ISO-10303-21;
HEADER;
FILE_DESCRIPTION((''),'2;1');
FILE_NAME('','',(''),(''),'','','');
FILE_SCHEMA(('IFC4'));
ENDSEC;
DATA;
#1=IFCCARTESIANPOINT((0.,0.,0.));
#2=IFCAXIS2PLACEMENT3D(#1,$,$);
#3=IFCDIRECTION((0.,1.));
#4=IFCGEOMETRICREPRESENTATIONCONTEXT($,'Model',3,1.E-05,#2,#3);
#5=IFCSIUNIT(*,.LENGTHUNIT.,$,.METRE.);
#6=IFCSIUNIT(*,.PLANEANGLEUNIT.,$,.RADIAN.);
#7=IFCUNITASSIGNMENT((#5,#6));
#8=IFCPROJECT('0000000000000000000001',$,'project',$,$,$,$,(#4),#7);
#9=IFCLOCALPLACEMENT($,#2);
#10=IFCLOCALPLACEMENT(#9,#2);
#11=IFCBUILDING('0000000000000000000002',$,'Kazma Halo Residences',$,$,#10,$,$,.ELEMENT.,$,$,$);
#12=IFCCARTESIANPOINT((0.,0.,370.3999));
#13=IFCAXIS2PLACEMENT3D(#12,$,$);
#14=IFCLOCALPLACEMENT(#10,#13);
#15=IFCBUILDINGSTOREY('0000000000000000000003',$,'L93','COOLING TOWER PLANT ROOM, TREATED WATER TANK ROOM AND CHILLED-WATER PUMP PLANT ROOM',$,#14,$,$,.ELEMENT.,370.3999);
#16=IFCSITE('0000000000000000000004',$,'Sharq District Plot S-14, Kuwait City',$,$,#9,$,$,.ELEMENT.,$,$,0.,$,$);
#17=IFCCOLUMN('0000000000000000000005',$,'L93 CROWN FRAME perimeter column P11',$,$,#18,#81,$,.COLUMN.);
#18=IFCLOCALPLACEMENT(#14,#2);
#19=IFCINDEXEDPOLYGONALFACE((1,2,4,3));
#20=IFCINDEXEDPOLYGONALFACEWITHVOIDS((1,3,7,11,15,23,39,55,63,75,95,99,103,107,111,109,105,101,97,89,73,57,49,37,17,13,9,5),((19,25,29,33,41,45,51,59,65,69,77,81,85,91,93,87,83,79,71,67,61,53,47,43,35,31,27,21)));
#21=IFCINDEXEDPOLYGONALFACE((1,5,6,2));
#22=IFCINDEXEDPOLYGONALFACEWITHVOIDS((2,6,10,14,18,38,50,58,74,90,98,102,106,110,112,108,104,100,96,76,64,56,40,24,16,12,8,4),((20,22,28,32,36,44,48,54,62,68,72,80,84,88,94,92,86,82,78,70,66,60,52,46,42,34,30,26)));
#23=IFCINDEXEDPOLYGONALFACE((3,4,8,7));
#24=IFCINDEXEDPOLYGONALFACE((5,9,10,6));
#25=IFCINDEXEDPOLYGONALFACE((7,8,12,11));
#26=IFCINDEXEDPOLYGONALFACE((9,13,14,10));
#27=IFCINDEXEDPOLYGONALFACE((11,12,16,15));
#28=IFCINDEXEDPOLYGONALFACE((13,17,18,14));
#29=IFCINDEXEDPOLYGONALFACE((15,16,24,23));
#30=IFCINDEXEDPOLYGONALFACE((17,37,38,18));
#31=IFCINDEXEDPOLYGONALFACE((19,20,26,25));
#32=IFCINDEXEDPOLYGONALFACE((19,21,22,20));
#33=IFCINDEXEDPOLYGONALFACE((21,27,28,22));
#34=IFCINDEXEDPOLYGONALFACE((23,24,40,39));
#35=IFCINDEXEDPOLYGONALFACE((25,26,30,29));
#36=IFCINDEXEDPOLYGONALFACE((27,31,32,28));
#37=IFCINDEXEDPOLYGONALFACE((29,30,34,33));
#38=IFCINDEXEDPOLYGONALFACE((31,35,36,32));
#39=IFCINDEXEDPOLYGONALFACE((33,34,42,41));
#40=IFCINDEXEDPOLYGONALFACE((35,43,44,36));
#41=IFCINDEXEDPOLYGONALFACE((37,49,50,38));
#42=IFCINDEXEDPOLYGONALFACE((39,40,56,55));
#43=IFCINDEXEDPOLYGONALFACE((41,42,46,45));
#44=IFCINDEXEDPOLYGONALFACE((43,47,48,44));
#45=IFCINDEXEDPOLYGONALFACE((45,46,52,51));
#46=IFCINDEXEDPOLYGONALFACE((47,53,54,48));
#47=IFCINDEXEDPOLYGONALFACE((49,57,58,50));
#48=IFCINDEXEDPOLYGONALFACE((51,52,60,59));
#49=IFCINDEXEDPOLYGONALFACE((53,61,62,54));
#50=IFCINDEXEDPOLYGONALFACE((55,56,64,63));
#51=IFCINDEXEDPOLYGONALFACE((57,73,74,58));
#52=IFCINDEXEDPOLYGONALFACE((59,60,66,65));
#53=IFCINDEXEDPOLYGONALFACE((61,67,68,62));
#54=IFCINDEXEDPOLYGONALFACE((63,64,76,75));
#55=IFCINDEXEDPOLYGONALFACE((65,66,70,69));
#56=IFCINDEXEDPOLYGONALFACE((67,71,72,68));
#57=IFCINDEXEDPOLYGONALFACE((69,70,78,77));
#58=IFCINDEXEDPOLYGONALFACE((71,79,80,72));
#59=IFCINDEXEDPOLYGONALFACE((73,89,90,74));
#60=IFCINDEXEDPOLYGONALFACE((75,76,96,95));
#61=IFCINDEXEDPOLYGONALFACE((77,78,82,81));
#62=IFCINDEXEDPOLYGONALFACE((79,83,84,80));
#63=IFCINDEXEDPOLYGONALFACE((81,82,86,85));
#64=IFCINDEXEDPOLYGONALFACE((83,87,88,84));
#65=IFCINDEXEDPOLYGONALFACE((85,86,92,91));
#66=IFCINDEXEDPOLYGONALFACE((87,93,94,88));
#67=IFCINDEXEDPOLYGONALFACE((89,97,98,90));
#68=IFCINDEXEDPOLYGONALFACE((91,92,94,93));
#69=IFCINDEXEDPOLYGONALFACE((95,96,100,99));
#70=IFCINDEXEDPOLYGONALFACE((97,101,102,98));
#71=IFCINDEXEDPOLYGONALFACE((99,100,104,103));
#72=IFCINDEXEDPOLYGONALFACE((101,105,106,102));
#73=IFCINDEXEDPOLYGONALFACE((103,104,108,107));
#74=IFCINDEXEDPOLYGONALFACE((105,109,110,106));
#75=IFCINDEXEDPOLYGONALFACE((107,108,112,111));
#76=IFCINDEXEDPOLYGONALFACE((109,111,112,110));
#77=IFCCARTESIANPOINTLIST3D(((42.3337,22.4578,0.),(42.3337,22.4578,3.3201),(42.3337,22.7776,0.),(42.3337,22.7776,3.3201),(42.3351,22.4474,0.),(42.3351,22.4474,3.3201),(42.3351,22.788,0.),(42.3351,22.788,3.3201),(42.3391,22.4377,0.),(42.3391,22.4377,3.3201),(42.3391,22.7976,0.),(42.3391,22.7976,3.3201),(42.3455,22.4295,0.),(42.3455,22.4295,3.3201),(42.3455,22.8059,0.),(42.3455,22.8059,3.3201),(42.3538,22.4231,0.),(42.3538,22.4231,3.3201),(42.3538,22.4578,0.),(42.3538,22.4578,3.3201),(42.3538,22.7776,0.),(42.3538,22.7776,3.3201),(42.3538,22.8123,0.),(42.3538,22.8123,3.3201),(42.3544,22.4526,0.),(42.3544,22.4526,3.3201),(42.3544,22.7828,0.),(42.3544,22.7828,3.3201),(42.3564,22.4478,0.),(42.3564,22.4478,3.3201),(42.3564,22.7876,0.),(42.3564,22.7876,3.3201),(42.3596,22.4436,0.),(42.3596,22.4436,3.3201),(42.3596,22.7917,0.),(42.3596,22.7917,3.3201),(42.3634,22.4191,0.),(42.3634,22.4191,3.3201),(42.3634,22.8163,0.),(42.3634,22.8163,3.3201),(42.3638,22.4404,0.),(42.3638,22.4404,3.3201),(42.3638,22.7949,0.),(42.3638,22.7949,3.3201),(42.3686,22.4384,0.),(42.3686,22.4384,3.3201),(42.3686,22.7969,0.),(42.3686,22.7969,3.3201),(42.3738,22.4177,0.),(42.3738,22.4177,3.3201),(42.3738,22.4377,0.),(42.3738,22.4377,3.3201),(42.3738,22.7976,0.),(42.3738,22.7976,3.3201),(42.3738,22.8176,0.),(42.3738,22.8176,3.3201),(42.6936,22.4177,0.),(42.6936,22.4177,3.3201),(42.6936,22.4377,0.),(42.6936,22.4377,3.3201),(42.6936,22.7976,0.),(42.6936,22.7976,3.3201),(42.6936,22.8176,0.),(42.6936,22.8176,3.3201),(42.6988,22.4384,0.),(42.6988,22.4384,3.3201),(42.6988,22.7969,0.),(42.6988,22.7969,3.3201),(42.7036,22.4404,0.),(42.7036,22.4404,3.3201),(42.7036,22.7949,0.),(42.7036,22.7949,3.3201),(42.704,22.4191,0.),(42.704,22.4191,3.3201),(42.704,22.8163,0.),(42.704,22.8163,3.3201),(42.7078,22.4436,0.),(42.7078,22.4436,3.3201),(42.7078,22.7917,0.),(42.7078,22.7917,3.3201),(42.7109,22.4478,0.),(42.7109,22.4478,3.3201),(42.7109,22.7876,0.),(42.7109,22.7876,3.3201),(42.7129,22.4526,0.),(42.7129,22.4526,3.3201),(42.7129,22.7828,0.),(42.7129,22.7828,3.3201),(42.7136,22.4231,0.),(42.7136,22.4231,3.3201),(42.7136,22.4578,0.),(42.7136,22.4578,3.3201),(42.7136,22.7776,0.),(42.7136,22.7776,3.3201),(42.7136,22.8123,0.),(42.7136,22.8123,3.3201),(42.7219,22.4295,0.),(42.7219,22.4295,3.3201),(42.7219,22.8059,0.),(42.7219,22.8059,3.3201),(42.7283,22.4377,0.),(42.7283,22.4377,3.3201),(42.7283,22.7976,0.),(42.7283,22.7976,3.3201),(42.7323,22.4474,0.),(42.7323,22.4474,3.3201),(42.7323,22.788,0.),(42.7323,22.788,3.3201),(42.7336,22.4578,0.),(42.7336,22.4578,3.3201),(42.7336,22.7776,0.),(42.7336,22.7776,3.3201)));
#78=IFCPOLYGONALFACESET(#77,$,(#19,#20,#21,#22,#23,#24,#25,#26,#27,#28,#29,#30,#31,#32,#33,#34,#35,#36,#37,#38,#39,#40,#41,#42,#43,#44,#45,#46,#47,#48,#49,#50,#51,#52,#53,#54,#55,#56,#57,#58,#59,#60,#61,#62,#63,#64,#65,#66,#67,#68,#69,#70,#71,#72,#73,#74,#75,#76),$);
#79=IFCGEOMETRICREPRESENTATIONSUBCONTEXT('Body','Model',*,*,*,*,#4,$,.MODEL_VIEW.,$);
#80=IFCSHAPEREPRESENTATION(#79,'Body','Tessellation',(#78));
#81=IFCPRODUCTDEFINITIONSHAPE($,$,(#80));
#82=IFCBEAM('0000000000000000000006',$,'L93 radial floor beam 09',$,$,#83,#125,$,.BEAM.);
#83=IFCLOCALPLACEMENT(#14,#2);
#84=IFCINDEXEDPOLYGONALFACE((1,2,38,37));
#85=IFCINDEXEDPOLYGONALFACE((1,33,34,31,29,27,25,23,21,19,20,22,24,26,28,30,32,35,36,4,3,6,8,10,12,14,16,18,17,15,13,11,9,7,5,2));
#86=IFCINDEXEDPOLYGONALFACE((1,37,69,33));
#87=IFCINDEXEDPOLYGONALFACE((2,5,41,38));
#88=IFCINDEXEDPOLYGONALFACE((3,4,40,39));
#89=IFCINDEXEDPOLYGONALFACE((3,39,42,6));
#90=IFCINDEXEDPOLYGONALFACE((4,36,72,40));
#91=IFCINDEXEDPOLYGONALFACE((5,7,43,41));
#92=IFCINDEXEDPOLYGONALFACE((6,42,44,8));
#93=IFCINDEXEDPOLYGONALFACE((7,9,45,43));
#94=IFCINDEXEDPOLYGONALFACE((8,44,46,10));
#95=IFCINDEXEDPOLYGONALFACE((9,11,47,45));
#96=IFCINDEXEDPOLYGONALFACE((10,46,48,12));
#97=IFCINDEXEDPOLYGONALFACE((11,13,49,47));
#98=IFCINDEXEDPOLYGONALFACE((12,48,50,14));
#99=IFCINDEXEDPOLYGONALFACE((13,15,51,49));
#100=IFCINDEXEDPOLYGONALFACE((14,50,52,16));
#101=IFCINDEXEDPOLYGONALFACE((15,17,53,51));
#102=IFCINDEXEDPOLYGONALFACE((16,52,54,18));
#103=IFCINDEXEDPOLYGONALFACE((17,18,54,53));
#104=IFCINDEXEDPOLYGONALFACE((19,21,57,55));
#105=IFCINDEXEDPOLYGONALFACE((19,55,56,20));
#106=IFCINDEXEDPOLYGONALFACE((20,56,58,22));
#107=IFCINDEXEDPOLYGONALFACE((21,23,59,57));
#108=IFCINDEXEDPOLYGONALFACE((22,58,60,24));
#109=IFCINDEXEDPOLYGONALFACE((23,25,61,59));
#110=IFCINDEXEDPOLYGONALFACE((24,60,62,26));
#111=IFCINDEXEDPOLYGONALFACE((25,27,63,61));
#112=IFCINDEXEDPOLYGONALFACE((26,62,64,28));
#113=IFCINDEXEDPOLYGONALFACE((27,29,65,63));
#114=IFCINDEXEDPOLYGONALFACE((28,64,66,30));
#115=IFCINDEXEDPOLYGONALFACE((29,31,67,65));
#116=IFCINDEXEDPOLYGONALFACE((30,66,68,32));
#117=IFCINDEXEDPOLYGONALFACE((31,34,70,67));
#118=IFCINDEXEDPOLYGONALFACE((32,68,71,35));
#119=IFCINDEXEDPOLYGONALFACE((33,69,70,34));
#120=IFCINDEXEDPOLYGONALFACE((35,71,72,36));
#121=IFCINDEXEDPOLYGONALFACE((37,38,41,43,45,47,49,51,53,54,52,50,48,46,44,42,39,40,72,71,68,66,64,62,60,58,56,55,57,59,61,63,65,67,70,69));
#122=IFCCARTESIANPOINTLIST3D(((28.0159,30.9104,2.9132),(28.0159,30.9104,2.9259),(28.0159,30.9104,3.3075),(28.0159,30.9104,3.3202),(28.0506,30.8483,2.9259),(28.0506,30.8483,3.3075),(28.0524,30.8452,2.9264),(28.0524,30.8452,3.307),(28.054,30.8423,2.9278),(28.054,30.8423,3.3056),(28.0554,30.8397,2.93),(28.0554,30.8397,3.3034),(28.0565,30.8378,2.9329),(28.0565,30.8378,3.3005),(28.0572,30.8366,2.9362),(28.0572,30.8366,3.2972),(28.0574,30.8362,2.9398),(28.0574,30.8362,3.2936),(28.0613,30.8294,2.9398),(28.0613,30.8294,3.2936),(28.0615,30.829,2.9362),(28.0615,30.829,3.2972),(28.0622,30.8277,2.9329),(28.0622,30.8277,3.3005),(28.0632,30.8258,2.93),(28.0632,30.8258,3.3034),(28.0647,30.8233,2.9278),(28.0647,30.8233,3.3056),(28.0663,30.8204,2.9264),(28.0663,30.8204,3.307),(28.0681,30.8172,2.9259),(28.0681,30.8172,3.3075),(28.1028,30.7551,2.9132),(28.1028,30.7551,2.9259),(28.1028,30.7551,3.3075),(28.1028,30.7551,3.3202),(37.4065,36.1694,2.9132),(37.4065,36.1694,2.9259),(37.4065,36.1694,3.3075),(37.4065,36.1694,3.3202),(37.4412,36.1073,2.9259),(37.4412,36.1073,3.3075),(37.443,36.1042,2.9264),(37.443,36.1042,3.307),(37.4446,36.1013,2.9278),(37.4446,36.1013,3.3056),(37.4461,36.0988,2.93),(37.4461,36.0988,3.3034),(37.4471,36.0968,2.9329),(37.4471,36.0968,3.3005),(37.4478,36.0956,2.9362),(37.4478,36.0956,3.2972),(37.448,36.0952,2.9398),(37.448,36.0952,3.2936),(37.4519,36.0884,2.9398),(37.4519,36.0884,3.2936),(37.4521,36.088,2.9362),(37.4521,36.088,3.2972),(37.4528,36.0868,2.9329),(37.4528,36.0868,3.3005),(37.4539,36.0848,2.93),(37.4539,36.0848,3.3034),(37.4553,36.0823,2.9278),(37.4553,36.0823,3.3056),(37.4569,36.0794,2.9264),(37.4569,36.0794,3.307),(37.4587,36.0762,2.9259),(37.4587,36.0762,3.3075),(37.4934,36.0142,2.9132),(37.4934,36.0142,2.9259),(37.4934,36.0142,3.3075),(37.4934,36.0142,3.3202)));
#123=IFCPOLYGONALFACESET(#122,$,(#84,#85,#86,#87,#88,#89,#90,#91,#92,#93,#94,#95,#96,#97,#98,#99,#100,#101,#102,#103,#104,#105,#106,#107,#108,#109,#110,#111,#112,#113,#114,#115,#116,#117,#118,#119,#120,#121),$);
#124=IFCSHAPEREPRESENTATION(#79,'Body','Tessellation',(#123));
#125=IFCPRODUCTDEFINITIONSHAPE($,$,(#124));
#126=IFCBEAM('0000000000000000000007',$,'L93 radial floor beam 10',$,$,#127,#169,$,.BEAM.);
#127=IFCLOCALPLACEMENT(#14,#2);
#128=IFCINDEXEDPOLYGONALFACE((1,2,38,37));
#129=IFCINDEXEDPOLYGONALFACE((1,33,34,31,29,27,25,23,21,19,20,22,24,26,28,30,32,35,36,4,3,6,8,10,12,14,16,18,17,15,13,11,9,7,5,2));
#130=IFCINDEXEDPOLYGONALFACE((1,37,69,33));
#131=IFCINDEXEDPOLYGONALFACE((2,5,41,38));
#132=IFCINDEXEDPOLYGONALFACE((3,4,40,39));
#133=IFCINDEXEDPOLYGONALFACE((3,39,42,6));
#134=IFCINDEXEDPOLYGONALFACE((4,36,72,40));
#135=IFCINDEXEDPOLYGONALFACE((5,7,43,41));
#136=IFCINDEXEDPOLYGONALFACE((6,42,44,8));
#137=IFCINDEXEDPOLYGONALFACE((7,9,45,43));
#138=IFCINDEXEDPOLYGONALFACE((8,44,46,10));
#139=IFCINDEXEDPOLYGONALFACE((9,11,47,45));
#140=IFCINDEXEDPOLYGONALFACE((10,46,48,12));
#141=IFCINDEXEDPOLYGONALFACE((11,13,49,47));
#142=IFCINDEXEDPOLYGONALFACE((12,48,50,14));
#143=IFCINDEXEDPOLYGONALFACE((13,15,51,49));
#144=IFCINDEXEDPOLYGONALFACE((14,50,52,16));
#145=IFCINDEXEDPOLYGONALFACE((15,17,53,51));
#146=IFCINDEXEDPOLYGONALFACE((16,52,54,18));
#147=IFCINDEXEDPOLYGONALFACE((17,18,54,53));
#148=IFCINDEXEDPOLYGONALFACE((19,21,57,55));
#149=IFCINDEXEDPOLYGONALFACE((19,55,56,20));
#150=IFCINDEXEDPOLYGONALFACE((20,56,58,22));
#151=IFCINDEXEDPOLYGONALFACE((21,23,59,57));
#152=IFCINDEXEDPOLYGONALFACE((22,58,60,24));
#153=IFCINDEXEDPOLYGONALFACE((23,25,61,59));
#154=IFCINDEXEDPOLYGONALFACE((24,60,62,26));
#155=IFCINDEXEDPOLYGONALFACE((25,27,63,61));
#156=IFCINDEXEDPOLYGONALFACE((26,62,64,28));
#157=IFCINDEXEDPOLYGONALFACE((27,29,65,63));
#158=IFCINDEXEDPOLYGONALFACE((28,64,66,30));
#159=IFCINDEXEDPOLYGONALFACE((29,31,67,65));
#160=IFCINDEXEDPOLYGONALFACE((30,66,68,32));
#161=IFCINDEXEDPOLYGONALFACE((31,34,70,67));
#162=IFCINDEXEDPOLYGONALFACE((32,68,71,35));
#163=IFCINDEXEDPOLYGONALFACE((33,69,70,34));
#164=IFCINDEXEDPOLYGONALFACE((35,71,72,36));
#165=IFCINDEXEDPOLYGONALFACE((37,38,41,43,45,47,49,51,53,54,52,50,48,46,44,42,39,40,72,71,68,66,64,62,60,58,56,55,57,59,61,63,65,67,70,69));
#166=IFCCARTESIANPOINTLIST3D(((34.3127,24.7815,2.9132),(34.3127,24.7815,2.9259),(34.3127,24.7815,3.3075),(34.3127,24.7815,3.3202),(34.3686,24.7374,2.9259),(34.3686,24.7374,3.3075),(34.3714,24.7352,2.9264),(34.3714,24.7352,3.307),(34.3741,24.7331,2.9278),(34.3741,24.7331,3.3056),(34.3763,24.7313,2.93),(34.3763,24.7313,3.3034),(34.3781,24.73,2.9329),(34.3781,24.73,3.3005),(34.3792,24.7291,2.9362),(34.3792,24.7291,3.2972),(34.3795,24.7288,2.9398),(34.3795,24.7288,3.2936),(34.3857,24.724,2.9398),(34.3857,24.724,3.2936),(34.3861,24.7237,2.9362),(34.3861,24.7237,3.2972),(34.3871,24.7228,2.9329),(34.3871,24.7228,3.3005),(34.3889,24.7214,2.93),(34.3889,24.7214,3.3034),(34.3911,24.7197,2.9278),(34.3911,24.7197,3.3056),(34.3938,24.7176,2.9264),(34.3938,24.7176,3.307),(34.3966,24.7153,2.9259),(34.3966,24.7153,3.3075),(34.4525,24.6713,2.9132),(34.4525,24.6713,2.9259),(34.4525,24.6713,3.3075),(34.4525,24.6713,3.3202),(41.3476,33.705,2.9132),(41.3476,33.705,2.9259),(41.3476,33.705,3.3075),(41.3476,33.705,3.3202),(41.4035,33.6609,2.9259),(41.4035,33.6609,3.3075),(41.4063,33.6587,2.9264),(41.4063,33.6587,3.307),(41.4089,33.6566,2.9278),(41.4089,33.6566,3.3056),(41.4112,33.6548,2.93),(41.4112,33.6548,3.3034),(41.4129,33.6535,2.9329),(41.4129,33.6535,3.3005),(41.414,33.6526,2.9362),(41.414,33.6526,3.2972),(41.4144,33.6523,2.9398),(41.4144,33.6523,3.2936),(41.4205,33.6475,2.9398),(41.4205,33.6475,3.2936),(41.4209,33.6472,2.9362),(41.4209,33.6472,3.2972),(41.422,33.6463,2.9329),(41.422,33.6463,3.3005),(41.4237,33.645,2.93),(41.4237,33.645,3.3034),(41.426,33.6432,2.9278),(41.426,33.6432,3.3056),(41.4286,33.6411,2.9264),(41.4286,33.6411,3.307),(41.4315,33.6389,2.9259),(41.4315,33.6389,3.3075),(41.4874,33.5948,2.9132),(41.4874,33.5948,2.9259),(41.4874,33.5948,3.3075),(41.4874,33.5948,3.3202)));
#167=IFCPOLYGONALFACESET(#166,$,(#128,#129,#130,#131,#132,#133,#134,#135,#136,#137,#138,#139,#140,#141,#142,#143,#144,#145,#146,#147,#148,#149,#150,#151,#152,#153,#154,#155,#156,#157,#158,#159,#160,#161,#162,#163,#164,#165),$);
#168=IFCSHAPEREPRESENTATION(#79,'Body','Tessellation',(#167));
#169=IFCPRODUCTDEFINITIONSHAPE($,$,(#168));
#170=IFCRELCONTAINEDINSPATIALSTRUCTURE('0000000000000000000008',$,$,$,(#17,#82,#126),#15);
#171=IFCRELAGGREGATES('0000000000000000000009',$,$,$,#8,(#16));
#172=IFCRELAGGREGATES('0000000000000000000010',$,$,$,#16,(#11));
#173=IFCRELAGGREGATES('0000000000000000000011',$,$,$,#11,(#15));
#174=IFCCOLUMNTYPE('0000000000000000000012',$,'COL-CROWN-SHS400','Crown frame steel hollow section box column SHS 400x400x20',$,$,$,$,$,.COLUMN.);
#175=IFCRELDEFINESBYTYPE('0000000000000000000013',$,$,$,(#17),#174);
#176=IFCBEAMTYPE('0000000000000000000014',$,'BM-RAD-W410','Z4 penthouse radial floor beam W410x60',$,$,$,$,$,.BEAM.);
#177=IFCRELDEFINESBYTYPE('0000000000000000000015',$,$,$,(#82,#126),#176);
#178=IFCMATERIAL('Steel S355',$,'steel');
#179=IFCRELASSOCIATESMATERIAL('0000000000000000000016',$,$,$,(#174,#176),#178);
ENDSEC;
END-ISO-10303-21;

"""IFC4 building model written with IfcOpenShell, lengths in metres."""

from ifc_helpers import new_model, si_unit, direction, frame, origin, origin_2d, place, context, subcontext, project, spatial, hollow_rectangle, i_section, extrude, material, material_profile, profile_set, type_object, element, save


model = new_model("IFC4")

# Units and contexts
model_context = context("Model", 3, precision=1e-05, world=origin(), true_north=direction((0.0, 1.0)))
body_context = subcontext(model_context, "Body", "Model", "MODEL_VIEW")
ifc_project = project(units=[si_unit("LENGTHUNIT", "METRE"), si_unit("PLANEANGLEUNIT", "RADIAN")], contexts=[model_context])

# Site, building, storey
site_placement = place(None, origin())
site = spatial("IfcSite", under=ifc_project, at=site_placement, Name="Sharq District Plot S-14, Kuwait City", CompositionType="ELEMENT", RefElevation=0.0)
building_placement = place(site_placement, origin())
building = spatial("IfcBuilding", under=site, at=building_placement, Name="Kazma Halo Residences", CompositionType="ELEMENT")
storey_placement = place(building_placement, frame((0.0, 0.0, 370.3999)))
storey = spatial("IfcBuildingStorey", under=building, at=storey_placement, Name="L93", Description="COOLING TOWER PLANT ROOM, TREATED WATER TANK ROOM AND CHILLED-WATER PUMP PLANT ROOM", CompositionType="ELEMENT", Elevation=370.3999)

# Column
ifc_material_1 = material(Name="Steel S355", Category="steel")
ifc_material_profile_1 = material_profile(ifc_material_1, hollow_rectangle(XDim=0.3999, YDim=0.3999, WallThickness=0.02, InnerFilletRadius=0.02, OuterFilletRadius=0.04, at=origin_2d()), Name="SHS400x400x20")
ifc_profile_set_1 = profile_set([ifc_material_profile_1], Name="Steel S355")
column_type = type_object("IfcColumnType", Name="COL-CROWN-SHS400", Description="Crown frame steel hollow section box column SHS 400x400x20", PredefinedType="COLUMN", material=ifc_profile_set_1)
column_placement = place(storey_placement, frame((42.5337, 22.6177, 0.0), z_axis=(0.0, 0.0, 1.0), x_axis=(1.0, 0.0, 0.0)))
element("IfcColumn", 1, at=column_placement, inside=storey, type_object=column_type, Name="L93 CROWN FRAME perimeter column P11", PredefinedType="COLUMN", context=body_context, shape_type="SweptSolid", body=[
    extrude(hollow_rectangle(XDim=0.3999, YDim=0.3999, WallThickness=0.02, InnerFilletRadius=0.02, OuterFilletRadius=0.04, at=origin_2d()), origin(), (0.0, 0.0, 1.0), 3.3201),
])

# Beams
ifc_material_profile_2 = material_profile(ifc_material_1, i_section(OverallWidth=0.178, OverallDepth=0.407, WebThickness=0.0078, FlangeThickness=0.0127, FilletRadius=0.0139, at=origin_2d()), Name="W410x60")
ifc_profile_set_2 = profile_set([ifc_material_profile_2], Name="Steel S355")
beam_type_1 = type_object("IfcBeamType", Name="BM-RAD-W410", Description="Z4 penthouse radial floor beam W410x60", PredefinedType="BEAM", material=ifc_profile_set_2)
beam_1_placement = place(storey_placement, frame((37.45, 36.0918, 3.1167), z_axis=(-0.872495, -0.488623, 0.0), x_axis=(0.488623, -0.872495, 0.0)))
element("IfcBeam", 2, at=beam_1_placement, inside=storey, type_object=beam_type_1, Name="L93 radial floor beam 09", PredefinedType="BEAM", context=body_context, shape_type="SweptSolid", body=[
    extrude(i_section(OverallWidth=0.178, OverallDepth=0.407, WebThickness=0.0078, FlangeThickness=0.0127, FilletRadius=0.0139, at=origin_2d()), origin(), (0.0, 0.0, 1.0), 10.7629),
])
beam_2_placement = place(storey_placement, frame((41.4175, 33.6499, 3.1167), z_axis=(-0.619101, -0.785312, 0.0), x_axis=(0.785312, -0.619101, 0.0)))
element("IfcBeam", 3, at=beam_2_placement, inside=storey, type_object=beam_type_1, Name="L93 radial floor beam 10", PredefinedType="BEAM", context=body_context, shape_type="SweptSolid", body=[
    extrude(i_section(OverallWidth=0.178, OverallDepth=0.407, WebThickness=0.0078, FlangeThickness=0.0127, FilletRadius=0.0139, at=origin_2d()), origin(), (0.0, 0.0, 1.0), 11.363),
])

save(model, "model.ifc")
